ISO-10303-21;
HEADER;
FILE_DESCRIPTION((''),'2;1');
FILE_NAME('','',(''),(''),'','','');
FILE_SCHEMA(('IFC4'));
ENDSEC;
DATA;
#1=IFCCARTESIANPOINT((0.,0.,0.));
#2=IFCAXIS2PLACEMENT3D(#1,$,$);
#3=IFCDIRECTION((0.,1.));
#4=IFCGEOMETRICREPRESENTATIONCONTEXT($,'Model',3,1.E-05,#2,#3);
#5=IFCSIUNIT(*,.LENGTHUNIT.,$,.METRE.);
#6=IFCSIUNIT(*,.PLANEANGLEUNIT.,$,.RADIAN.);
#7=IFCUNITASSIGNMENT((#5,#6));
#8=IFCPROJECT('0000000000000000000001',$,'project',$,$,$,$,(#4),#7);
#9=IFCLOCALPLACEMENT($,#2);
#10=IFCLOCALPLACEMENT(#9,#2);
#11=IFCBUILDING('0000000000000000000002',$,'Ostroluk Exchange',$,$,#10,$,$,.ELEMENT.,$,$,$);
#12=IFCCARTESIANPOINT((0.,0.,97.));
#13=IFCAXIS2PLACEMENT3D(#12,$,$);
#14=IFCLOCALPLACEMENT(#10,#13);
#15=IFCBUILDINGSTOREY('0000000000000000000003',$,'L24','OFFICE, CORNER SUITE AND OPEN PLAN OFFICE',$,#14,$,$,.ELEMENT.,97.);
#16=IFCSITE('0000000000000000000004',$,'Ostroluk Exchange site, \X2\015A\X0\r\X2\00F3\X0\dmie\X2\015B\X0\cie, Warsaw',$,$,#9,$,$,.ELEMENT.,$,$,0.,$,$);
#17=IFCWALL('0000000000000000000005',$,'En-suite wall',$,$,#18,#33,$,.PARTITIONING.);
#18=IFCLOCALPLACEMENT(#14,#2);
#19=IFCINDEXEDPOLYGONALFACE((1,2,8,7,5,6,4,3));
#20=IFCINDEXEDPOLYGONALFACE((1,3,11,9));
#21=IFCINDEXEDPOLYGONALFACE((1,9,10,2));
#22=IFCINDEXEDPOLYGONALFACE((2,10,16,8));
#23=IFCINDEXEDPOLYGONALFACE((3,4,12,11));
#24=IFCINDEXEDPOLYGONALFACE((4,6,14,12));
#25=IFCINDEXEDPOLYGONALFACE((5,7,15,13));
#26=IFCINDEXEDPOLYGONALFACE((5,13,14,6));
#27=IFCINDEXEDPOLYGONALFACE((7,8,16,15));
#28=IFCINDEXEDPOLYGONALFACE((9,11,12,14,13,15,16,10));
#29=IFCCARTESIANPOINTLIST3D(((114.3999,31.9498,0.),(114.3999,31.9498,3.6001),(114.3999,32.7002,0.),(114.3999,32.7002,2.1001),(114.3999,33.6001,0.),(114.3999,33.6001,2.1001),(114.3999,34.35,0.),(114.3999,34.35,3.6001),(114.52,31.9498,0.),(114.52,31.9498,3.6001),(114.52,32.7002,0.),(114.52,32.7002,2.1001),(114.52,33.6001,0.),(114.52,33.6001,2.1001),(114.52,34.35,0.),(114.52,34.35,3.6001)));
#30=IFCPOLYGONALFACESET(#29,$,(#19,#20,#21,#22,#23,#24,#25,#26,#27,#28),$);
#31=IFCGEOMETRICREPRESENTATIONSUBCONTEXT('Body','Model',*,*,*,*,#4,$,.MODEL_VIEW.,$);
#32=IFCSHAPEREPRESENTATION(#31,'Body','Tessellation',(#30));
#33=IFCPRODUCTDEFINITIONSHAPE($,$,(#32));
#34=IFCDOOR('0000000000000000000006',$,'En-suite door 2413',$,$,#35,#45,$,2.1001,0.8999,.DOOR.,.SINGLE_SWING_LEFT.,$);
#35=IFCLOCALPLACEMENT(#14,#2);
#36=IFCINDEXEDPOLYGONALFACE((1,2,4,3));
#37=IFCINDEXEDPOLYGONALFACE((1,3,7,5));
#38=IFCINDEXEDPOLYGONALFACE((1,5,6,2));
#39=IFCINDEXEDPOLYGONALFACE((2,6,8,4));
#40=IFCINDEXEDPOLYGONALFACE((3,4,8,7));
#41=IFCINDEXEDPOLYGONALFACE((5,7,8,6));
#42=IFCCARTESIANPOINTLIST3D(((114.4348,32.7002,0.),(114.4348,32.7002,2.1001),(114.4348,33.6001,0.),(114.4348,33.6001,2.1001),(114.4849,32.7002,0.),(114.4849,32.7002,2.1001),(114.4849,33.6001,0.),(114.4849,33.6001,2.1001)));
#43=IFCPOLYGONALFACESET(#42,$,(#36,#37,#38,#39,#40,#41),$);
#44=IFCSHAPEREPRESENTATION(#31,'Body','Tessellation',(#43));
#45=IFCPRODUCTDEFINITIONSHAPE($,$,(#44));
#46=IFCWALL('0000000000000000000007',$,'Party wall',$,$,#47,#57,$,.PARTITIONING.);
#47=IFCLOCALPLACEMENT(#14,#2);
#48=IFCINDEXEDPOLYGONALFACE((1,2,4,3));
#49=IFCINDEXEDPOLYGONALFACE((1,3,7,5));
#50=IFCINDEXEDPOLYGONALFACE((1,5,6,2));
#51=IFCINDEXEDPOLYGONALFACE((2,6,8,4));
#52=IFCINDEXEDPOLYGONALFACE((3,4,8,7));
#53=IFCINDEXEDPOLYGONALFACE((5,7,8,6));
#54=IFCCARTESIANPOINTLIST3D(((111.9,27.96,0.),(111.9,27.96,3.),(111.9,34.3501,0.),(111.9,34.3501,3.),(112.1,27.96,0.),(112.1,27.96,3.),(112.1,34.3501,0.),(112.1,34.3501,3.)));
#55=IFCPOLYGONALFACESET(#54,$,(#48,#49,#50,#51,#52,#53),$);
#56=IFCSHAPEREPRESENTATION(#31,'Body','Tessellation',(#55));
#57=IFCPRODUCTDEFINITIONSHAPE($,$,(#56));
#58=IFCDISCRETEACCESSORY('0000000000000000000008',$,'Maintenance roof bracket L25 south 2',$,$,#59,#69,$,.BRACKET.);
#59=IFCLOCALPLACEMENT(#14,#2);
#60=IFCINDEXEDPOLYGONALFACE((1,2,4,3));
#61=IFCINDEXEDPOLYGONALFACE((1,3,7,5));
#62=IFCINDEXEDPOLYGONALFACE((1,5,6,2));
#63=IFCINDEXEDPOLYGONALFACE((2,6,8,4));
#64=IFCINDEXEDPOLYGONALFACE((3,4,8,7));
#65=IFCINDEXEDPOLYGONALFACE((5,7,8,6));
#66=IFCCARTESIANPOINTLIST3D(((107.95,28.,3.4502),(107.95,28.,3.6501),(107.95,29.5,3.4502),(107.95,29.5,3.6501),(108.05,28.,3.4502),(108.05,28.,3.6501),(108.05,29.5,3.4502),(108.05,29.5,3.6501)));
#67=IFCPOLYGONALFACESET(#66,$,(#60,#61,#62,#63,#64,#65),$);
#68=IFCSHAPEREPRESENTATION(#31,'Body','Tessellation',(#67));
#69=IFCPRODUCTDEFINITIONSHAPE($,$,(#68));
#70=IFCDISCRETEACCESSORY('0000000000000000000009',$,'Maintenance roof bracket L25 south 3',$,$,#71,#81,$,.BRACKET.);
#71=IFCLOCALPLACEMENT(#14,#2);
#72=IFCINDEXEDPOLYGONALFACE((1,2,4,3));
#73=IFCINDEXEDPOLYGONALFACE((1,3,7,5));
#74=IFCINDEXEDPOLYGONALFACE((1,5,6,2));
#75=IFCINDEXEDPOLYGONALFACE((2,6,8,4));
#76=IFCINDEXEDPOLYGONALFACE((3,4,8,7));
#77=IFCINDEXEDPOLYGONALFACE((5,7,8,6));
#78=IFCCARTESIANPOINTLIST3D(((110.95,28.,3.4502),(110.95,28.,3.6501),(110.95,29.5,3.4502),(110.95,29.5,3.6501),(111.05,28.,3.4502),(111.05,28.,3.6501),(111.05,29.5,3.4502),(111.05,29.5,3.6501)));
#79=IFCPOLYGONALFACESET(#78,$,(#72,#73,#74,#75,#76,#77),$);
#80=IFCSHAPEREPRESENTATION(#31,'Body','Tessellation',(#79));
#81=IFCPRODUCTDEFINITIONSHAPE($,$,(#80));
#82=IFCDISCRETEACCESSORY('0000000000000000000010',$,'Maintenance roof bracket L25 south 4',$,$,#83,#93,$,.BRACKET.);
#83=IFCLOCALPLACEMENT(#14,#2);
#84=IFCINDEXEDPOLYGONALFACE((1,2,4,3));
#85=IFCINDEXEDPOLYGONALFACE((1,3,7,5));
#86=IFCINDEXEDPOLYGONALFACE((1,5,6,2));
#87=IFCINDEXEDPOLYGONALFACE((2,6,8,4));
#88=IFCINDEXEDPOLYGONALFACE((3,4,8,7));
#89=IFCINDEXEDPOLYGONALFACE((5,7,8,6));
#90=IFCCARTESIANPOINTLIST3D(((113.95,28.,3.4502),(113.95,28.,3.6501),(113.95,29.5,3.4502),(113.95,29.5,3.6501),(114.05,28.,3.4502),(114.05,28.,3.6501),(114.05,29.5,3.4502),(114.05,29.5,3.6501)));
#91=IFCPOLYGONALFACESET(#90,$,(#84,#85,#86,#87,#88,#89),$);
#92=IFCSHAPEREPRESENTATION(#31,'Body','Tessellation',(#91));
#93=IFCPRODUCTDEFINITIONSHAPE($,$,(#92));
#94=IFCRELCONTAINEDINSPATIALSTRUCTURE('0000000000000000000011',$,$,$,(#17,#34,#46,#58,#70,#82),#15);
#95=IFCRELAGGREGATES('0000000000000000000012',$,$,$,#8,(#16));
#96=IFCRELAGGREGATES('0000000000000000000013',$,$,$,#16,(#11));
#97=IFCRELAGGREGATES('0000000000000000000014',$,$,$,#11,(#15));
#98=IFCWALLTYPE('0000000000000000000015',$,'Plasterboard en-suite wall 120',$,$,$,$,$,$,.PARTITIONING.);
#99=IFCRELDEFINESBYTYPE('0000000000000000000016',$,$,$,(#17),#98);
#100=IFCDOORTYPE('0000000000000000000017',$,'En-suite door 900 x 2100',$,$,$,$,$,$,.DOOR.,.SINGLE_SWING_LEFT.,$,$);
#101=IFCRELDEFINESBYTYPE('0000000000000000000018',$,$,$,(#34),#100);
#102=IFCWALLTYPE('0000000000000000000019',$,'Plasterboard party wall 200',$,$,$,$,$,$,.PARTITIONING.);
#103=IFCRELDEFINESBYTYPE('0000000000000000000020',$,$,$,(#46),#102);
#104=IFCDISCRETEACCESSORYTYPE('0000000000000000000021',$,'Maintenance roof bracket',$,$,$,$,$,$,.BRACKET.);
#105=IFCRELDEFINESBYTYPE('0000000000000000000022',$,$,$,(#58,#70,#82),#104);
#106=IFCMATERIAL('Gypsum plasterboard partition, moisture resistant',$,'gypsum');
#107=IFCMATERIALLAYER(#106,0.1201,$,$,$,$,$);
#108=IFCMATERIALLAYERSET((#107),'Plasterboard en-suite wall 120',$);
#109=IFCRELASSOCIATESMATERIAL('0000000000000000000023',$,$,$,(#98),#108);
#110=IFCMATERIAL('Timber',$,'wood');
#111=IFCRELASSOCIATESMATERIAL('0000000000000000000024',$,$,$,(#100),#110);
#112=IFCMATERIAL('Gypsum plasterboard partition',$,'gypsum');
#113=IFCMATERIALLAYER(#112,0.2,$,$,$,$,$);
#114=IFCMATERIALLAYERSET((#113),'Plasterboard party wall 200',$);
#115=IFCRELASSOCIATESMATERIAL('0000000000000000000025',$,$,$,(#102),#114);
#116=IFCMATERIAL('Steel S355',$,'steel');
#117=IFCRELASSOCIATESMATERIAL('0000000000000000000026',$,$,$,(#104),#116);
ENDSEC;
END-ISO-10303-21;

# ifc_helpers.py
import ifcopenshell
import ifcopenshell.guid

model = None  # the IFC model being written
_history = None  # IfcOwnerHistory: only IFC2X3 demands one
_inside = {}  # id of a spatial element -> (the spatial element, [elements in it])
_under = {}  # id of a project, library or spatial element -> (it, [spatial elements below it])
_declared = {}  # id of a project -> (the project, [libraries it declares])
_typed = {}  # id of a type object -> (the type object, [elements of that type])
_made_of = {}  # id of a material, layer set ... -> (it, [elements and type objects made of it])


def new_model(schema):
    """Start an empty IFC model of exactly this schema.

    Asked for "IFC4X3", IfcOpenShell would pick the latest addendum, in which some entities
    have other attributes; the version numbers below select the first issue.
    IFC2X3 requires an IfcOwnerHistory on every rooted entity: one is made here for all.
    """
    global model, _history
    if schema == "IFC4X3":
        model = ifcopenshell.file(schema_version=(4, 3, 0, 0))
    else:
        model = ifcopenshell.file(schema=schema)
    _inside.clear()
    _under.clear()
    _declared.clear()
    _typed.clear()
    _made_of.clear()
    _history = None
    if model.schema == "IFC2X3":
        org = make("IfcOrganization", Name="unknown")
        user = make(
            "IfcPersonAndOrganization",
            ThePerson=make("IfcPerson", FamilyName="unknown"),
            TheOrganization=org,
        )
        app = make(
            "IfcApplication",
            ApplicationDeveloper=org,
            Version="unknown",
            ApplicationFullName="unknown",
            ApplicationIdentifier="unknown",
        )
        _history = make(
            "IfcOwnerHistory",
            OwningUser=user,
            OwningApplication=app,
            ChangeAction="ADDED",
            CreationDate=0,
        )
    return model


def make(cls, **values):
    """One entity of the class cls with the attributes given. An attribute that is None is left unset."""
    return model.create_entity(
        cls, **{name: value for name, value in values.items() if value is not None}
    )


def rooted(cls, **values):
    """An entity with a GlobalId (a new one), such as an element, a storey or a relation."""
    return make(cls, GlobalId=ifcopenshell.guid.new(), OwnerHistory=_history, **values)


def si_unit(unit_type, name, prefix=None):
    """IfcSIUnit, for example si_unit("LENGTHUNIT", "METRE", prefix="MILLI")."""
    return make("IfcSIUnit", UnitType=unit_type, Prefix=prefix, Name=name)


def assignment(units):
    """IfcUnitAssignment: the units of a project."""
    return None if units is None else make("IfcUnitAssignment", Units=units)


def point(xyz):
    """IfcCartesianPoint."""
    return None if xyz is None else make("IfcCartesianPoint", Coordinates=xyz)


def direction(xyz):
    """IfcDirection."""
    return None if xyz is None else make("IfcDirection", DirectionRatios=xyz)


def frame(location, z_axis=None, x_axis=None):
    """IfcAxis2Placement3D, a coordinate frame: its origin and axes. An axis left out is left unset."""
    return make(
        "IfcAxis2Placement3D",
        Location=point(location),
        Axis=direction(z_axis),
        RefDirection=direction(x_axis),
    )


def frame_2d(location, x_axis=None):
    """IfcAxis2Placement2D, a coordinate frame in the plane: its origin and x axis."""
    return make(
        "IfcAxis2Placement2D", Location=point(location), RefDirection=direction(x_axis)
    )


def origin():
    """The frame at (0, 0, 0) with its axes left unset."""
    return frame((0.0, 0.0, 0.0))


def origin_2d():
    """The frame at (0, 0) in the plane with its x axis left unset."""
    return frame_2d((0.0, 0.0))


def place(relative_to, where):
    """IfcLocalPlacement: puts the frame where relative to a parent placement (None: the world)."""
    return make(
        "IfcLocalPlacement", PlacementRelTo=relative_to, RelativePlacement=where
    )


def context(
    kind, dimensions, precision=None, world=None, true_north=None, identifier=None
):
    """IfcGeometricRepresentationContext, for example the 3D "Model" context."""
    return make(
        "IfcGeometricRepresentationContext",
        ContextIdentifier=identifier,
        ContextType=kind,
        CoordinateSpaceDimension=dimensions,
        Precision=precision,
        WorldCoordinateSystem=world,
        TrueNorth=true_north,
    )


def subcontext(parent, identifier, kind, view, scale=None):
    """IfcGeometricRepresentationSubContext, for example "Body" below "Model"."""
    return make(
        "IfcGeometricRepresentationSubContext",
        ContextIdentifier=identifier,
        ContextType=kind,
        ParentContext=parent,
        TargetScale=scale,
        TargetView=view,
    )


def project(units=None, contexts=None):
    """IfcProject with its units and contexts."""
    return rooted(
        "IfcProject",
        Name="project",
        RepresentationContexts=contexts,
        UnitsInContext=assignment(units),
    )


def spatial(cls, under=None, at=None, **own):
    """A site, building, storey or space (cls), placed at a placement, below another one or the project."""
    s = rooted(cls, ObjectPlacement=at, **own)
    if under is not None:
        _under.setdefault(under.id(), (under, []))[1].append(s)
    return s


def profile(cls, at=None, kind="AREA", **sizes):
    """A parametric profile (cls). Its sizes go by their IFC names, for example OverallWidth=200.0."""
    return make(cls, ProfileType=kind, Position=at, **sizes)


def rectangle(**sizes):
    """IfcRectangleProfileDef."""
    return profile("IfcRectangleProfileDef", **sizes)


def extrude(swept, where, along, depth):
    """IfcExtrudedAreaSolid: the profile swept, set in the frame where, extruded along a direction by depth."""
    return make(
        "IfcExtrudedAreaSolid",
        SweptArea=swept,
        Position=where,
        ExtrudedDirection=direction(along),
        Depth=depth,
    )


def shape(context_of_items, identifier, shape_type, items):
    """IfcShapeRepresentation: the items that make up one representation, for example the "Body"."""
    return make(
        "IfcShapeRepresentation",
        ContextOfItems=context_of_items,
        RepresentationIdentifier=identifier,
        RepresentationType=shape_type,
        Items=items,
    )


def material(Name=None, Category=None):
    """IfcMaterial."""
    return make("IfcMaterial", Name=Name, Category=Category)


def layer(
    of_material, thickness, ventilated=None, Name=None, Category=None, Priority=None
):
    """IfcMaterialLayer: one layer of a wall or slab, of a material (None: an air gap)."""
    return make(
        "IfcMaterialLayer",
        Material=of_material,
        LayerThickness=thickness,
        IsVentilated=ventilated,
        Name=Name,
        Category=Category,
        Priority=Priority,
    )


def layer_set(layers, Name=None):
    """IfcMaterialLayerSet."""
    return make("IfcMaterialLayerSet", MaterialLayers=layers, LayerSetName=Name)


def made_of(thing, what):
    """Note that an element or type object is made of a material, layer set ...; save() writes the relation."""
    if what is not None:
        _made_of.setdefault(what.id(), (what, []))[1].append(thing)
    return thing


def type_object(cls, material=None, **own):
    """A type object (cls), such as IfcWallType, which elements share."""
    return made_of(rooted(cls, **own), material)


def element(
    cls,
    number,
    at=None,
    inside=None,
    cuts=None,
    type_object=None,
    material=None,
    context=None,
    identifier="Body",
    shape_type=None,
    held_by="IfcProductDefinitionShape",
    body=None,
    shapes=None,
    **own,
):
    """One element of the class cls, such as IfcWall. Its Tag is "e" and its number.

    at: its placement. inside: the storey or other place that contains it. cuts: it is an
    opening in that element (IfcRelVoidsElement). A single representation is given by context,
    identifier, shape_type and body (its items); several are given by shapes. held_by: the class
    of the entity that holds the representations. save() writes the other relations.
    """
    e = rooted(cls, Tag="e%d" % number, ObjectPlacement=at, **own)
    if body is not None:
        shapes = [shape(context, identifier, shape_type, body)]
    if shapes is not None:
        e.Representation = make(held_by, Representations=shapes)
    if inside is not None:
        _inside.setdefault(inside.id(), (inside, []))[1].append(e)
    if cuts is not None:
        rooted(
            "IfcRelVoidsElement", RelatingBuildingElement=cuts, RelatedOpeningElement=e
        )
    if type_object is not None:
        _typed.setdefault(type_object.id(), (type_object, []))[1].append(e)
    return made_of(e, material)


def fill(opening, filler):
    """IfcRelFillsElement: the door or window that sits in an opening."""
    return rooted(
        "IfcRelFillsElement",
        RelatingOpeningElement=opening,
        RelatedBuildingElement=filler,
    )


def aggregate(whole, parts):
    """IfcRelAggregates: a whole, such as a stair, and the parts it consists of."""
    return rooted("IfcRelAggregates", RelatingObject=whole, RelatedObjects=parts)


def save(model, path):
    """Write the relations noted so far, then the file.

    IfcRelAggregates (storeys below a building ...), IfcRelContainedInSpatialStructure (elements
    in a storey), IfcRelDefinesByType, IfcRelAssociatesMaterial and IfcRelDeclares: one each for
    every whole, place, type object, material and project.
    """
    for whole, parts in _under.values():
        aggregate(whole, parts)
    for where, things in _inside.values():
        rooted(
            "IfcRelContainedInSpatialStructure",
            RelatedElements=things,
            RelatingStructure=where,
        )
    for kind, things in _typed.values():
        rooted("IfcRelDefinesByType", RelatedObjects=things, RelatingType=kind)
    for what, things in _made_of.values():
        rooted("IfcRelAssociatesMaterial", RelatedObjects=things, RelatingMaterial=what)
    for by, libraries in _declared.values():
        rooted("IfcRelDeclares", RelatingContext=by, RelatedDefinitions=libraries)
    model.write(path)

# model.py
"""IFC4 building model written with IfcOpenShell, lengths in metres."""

from ifc_helpers import new_model, si_unit, direction, frame, frame_2d, origin, origin_2d, place, context, subcontext, project, spatial, rectangle, extrude, material, layer, layer_set, type_object, element, fill, save


model = new_model("IFC4")

# Units and contexts
model_context = context("Model", 3, precision=1e-05, world=origin(), true_north=direction((0.0, 1.0)))
body_context = subcontext(model_context, "Body", "Model", "MODEL_VIEW")
ifc_project = project(units=[si_unit("LENGTHUNIT", "METRE"), si_unit("PLANEANGLEUNIT", "RADIAN")], contexts=[model_context])

# Site, building, storey
site_placement = place(None, origin())
site = spatial("IfcSite", under=ifc_project, at=site_placement, Name="Ostroluk Exchange site, Śródmieście, Warsaw", CompositionType="ELEMENT", RefElevation=0.0)
building_placement = place(site_placement, origin())
building = spatial("IfcBuilding", under=site, at=building_placement, Name="Ostroluk Exchange", CompositionType="ELEMENT")
storey_placement = place(building_placement, frame((0.0, 0.0, 97.0)))
storey = spatial("IfcBuildingStorey", under=building, at=storey_placement, Name="L24", Description="OFFICE, CORNER SUITE AND OPEN PLAN OFFICE", CompositionType="ELEMENT", Elevation=97.0)

# Shared definitions
ifc_material_1 = material(Name="Gypsum plasterboard partition, moisture resistant", Category="gypsum")
ifc_layer_1 = layer(ifc_material_1, 0.1201)
ifc_layer_set_1 = layer_set([ifc_layer_1], Name="Plasterboard en-suite wall 120")
wall_type_1 = type_object("IfcWallType", Name="Plasterboard en-suite wall 120", PredefinedType="PARTITIONING", material=ifc_layer_set_1)
ifc_material_2 = material(Name="Timber", Category="wood")
door_type = type_object("IfcDoorType", Name="En-suite door 900 x 2100", OperationType="SINGLE_SWING_LEFT", PredefinedType="DOOR", material=ifc_material_2)

# Wall, opening, door
wall_1_placement = place(storey_placement, frame((114.46, 34.3501, 0.0), z_axis=(0.0, 0.0, 1.0), x_axis=(0.0, -1.0, 0.0)))
wall_1 = element("IfcWall", 1, at=wall_1_placement, inside=storey, type_object=wall_type_1, Name="En-suite wall", PredefinedType="PARTITIONING", context=body_context, shape_type="SweptSolid", body=[
    extrude(rectangle(XDim=2.4001, YDim=0.1201, at=frame_2d((1.2002, 0.0))), origin(), (0.0, 0.0, 1.0), 3.6001),
])
opening_1_placement = place(wall_1_placement, frame((0.75, 0.0, 0.0)))
opening_1 = element("IfcOpeningElement", 2, at=opening_1_placement, cuts=wall_1, PredefinedType="OPENING", context=body_context, shape_type="SweptSolid", body=[
    extrude(rectangle(XDim=0.8999, YDim=2.1001, at=frame_2d((0.45, 1.05))), frame((0.0, 0.0701, 0.0), z_axis=(0.0, -1.0, 0.0), x_axis=(1.0, 0.0, 0.0)), (0.0, 0.0, 1.0), 0.1401),
])
door_1_placement = place(opening_1_placement, origin())
door_1 = element("IfcDoor", 3, at=door_1_placement, inside=storey, type_object=door_type, Name="En-suite door 2413", OperationType="SINGLE_SWING_LEFT", OverallHeight=2.1001, OverallWidth=0.8999, PredefinedType="DOOR", context=body_context, shape_type="SweptSolid", body=[
    extrude(rectangle(XDim=0.8999, YDim=2.1001, at=frame_2d((0.45, 1.05))), frame((0.0, 0.0249, 0.0), z_axis=(0.0, -1.0, 0.0), x_axis=(1.0, 0.0, 0.0)), (0.0, 0.0, 1.0), 0.05),
])
fill(opening_1, door_1)

# Wall
ifc_material_3 = material(Name="Gypsum plasterboard partition", Category="gypsum")
ifc_layer_2 = layer(ifc_material_3, 0.2)
ifc_layer_set_2 = layer_set([ifc_layer_2], Name="Plasterboard party wall 200")
wall_type_2 = type_object("IfcWallType", Name="Plasterboard party wall 200", PredefinedType="PARTITIONING", material=ifc_layer_set_2)
wall_2_placement = place(storey_placement, frame((112.0, 34.3501, 0.0), z_axis=(0.0, 0.0, 1.0), x_axis=(0.0, -1.0, 0.0)))
element("IfcWall", 4, at=wall_2_placement, inside=storey, type_object=wall_type_2, Name="Party wall", PredefinedType="PARTITIONING", context=body_context, shape_type="SweptSolid", body=[
    extrude(rectangle(XDim=6.3901, YDim=0.2, at=frame_2d((3.1951, 0.0))), origin(), (0.0, 0.0, 1.0), 3.0),
])

# Discrete accessories
ifc_material_4 = material(Name="Steel S355", Category="steel")
discrete_accessory_type = type_object("IfcDiscreteAccessoryType", Name="Maintenance roof bracket", PredefinedType="BRACKET", material=ifc_material_4)
for number, where, z_axis, x_axis, name in (
    (5, (108.0, 28.75, 3.4502), (0.0, 0.0, 1.0), (1.0, 0.0, 0.0), "Maintenance roof bracket L25 south 2"),
    (6, (111.0, 28.75, 3.4502), (0.0, 0.0, 1.0), (1.0, 0.0, 0.0), "Maintenance roof bracket L25 south 3"),
    (7, (114.0, 28.75, 3.4502), (0.0, 0.0, 1.0), (1.0, 0.0, 0.0), "Maintenance roof bracket L25 south 4"),
):
    element("IfcDiscreteAccessory", number, at=place(storey_placement, frame(where, z_axis=z_axis, x_axis=x_axis)), inside=storey, type_object=discrete_accessory_type, Name=name, PredefinedType="BRACKET", context=body_context, shape_type="SweptSolid", body=[
        extrude(rectangle(XDim=0.1001, YDim=1.5, at=origin_2d()), origin(), (0.0, 0.0, 1.0), 0.2),
    ])

save(model, "model.ifc")
